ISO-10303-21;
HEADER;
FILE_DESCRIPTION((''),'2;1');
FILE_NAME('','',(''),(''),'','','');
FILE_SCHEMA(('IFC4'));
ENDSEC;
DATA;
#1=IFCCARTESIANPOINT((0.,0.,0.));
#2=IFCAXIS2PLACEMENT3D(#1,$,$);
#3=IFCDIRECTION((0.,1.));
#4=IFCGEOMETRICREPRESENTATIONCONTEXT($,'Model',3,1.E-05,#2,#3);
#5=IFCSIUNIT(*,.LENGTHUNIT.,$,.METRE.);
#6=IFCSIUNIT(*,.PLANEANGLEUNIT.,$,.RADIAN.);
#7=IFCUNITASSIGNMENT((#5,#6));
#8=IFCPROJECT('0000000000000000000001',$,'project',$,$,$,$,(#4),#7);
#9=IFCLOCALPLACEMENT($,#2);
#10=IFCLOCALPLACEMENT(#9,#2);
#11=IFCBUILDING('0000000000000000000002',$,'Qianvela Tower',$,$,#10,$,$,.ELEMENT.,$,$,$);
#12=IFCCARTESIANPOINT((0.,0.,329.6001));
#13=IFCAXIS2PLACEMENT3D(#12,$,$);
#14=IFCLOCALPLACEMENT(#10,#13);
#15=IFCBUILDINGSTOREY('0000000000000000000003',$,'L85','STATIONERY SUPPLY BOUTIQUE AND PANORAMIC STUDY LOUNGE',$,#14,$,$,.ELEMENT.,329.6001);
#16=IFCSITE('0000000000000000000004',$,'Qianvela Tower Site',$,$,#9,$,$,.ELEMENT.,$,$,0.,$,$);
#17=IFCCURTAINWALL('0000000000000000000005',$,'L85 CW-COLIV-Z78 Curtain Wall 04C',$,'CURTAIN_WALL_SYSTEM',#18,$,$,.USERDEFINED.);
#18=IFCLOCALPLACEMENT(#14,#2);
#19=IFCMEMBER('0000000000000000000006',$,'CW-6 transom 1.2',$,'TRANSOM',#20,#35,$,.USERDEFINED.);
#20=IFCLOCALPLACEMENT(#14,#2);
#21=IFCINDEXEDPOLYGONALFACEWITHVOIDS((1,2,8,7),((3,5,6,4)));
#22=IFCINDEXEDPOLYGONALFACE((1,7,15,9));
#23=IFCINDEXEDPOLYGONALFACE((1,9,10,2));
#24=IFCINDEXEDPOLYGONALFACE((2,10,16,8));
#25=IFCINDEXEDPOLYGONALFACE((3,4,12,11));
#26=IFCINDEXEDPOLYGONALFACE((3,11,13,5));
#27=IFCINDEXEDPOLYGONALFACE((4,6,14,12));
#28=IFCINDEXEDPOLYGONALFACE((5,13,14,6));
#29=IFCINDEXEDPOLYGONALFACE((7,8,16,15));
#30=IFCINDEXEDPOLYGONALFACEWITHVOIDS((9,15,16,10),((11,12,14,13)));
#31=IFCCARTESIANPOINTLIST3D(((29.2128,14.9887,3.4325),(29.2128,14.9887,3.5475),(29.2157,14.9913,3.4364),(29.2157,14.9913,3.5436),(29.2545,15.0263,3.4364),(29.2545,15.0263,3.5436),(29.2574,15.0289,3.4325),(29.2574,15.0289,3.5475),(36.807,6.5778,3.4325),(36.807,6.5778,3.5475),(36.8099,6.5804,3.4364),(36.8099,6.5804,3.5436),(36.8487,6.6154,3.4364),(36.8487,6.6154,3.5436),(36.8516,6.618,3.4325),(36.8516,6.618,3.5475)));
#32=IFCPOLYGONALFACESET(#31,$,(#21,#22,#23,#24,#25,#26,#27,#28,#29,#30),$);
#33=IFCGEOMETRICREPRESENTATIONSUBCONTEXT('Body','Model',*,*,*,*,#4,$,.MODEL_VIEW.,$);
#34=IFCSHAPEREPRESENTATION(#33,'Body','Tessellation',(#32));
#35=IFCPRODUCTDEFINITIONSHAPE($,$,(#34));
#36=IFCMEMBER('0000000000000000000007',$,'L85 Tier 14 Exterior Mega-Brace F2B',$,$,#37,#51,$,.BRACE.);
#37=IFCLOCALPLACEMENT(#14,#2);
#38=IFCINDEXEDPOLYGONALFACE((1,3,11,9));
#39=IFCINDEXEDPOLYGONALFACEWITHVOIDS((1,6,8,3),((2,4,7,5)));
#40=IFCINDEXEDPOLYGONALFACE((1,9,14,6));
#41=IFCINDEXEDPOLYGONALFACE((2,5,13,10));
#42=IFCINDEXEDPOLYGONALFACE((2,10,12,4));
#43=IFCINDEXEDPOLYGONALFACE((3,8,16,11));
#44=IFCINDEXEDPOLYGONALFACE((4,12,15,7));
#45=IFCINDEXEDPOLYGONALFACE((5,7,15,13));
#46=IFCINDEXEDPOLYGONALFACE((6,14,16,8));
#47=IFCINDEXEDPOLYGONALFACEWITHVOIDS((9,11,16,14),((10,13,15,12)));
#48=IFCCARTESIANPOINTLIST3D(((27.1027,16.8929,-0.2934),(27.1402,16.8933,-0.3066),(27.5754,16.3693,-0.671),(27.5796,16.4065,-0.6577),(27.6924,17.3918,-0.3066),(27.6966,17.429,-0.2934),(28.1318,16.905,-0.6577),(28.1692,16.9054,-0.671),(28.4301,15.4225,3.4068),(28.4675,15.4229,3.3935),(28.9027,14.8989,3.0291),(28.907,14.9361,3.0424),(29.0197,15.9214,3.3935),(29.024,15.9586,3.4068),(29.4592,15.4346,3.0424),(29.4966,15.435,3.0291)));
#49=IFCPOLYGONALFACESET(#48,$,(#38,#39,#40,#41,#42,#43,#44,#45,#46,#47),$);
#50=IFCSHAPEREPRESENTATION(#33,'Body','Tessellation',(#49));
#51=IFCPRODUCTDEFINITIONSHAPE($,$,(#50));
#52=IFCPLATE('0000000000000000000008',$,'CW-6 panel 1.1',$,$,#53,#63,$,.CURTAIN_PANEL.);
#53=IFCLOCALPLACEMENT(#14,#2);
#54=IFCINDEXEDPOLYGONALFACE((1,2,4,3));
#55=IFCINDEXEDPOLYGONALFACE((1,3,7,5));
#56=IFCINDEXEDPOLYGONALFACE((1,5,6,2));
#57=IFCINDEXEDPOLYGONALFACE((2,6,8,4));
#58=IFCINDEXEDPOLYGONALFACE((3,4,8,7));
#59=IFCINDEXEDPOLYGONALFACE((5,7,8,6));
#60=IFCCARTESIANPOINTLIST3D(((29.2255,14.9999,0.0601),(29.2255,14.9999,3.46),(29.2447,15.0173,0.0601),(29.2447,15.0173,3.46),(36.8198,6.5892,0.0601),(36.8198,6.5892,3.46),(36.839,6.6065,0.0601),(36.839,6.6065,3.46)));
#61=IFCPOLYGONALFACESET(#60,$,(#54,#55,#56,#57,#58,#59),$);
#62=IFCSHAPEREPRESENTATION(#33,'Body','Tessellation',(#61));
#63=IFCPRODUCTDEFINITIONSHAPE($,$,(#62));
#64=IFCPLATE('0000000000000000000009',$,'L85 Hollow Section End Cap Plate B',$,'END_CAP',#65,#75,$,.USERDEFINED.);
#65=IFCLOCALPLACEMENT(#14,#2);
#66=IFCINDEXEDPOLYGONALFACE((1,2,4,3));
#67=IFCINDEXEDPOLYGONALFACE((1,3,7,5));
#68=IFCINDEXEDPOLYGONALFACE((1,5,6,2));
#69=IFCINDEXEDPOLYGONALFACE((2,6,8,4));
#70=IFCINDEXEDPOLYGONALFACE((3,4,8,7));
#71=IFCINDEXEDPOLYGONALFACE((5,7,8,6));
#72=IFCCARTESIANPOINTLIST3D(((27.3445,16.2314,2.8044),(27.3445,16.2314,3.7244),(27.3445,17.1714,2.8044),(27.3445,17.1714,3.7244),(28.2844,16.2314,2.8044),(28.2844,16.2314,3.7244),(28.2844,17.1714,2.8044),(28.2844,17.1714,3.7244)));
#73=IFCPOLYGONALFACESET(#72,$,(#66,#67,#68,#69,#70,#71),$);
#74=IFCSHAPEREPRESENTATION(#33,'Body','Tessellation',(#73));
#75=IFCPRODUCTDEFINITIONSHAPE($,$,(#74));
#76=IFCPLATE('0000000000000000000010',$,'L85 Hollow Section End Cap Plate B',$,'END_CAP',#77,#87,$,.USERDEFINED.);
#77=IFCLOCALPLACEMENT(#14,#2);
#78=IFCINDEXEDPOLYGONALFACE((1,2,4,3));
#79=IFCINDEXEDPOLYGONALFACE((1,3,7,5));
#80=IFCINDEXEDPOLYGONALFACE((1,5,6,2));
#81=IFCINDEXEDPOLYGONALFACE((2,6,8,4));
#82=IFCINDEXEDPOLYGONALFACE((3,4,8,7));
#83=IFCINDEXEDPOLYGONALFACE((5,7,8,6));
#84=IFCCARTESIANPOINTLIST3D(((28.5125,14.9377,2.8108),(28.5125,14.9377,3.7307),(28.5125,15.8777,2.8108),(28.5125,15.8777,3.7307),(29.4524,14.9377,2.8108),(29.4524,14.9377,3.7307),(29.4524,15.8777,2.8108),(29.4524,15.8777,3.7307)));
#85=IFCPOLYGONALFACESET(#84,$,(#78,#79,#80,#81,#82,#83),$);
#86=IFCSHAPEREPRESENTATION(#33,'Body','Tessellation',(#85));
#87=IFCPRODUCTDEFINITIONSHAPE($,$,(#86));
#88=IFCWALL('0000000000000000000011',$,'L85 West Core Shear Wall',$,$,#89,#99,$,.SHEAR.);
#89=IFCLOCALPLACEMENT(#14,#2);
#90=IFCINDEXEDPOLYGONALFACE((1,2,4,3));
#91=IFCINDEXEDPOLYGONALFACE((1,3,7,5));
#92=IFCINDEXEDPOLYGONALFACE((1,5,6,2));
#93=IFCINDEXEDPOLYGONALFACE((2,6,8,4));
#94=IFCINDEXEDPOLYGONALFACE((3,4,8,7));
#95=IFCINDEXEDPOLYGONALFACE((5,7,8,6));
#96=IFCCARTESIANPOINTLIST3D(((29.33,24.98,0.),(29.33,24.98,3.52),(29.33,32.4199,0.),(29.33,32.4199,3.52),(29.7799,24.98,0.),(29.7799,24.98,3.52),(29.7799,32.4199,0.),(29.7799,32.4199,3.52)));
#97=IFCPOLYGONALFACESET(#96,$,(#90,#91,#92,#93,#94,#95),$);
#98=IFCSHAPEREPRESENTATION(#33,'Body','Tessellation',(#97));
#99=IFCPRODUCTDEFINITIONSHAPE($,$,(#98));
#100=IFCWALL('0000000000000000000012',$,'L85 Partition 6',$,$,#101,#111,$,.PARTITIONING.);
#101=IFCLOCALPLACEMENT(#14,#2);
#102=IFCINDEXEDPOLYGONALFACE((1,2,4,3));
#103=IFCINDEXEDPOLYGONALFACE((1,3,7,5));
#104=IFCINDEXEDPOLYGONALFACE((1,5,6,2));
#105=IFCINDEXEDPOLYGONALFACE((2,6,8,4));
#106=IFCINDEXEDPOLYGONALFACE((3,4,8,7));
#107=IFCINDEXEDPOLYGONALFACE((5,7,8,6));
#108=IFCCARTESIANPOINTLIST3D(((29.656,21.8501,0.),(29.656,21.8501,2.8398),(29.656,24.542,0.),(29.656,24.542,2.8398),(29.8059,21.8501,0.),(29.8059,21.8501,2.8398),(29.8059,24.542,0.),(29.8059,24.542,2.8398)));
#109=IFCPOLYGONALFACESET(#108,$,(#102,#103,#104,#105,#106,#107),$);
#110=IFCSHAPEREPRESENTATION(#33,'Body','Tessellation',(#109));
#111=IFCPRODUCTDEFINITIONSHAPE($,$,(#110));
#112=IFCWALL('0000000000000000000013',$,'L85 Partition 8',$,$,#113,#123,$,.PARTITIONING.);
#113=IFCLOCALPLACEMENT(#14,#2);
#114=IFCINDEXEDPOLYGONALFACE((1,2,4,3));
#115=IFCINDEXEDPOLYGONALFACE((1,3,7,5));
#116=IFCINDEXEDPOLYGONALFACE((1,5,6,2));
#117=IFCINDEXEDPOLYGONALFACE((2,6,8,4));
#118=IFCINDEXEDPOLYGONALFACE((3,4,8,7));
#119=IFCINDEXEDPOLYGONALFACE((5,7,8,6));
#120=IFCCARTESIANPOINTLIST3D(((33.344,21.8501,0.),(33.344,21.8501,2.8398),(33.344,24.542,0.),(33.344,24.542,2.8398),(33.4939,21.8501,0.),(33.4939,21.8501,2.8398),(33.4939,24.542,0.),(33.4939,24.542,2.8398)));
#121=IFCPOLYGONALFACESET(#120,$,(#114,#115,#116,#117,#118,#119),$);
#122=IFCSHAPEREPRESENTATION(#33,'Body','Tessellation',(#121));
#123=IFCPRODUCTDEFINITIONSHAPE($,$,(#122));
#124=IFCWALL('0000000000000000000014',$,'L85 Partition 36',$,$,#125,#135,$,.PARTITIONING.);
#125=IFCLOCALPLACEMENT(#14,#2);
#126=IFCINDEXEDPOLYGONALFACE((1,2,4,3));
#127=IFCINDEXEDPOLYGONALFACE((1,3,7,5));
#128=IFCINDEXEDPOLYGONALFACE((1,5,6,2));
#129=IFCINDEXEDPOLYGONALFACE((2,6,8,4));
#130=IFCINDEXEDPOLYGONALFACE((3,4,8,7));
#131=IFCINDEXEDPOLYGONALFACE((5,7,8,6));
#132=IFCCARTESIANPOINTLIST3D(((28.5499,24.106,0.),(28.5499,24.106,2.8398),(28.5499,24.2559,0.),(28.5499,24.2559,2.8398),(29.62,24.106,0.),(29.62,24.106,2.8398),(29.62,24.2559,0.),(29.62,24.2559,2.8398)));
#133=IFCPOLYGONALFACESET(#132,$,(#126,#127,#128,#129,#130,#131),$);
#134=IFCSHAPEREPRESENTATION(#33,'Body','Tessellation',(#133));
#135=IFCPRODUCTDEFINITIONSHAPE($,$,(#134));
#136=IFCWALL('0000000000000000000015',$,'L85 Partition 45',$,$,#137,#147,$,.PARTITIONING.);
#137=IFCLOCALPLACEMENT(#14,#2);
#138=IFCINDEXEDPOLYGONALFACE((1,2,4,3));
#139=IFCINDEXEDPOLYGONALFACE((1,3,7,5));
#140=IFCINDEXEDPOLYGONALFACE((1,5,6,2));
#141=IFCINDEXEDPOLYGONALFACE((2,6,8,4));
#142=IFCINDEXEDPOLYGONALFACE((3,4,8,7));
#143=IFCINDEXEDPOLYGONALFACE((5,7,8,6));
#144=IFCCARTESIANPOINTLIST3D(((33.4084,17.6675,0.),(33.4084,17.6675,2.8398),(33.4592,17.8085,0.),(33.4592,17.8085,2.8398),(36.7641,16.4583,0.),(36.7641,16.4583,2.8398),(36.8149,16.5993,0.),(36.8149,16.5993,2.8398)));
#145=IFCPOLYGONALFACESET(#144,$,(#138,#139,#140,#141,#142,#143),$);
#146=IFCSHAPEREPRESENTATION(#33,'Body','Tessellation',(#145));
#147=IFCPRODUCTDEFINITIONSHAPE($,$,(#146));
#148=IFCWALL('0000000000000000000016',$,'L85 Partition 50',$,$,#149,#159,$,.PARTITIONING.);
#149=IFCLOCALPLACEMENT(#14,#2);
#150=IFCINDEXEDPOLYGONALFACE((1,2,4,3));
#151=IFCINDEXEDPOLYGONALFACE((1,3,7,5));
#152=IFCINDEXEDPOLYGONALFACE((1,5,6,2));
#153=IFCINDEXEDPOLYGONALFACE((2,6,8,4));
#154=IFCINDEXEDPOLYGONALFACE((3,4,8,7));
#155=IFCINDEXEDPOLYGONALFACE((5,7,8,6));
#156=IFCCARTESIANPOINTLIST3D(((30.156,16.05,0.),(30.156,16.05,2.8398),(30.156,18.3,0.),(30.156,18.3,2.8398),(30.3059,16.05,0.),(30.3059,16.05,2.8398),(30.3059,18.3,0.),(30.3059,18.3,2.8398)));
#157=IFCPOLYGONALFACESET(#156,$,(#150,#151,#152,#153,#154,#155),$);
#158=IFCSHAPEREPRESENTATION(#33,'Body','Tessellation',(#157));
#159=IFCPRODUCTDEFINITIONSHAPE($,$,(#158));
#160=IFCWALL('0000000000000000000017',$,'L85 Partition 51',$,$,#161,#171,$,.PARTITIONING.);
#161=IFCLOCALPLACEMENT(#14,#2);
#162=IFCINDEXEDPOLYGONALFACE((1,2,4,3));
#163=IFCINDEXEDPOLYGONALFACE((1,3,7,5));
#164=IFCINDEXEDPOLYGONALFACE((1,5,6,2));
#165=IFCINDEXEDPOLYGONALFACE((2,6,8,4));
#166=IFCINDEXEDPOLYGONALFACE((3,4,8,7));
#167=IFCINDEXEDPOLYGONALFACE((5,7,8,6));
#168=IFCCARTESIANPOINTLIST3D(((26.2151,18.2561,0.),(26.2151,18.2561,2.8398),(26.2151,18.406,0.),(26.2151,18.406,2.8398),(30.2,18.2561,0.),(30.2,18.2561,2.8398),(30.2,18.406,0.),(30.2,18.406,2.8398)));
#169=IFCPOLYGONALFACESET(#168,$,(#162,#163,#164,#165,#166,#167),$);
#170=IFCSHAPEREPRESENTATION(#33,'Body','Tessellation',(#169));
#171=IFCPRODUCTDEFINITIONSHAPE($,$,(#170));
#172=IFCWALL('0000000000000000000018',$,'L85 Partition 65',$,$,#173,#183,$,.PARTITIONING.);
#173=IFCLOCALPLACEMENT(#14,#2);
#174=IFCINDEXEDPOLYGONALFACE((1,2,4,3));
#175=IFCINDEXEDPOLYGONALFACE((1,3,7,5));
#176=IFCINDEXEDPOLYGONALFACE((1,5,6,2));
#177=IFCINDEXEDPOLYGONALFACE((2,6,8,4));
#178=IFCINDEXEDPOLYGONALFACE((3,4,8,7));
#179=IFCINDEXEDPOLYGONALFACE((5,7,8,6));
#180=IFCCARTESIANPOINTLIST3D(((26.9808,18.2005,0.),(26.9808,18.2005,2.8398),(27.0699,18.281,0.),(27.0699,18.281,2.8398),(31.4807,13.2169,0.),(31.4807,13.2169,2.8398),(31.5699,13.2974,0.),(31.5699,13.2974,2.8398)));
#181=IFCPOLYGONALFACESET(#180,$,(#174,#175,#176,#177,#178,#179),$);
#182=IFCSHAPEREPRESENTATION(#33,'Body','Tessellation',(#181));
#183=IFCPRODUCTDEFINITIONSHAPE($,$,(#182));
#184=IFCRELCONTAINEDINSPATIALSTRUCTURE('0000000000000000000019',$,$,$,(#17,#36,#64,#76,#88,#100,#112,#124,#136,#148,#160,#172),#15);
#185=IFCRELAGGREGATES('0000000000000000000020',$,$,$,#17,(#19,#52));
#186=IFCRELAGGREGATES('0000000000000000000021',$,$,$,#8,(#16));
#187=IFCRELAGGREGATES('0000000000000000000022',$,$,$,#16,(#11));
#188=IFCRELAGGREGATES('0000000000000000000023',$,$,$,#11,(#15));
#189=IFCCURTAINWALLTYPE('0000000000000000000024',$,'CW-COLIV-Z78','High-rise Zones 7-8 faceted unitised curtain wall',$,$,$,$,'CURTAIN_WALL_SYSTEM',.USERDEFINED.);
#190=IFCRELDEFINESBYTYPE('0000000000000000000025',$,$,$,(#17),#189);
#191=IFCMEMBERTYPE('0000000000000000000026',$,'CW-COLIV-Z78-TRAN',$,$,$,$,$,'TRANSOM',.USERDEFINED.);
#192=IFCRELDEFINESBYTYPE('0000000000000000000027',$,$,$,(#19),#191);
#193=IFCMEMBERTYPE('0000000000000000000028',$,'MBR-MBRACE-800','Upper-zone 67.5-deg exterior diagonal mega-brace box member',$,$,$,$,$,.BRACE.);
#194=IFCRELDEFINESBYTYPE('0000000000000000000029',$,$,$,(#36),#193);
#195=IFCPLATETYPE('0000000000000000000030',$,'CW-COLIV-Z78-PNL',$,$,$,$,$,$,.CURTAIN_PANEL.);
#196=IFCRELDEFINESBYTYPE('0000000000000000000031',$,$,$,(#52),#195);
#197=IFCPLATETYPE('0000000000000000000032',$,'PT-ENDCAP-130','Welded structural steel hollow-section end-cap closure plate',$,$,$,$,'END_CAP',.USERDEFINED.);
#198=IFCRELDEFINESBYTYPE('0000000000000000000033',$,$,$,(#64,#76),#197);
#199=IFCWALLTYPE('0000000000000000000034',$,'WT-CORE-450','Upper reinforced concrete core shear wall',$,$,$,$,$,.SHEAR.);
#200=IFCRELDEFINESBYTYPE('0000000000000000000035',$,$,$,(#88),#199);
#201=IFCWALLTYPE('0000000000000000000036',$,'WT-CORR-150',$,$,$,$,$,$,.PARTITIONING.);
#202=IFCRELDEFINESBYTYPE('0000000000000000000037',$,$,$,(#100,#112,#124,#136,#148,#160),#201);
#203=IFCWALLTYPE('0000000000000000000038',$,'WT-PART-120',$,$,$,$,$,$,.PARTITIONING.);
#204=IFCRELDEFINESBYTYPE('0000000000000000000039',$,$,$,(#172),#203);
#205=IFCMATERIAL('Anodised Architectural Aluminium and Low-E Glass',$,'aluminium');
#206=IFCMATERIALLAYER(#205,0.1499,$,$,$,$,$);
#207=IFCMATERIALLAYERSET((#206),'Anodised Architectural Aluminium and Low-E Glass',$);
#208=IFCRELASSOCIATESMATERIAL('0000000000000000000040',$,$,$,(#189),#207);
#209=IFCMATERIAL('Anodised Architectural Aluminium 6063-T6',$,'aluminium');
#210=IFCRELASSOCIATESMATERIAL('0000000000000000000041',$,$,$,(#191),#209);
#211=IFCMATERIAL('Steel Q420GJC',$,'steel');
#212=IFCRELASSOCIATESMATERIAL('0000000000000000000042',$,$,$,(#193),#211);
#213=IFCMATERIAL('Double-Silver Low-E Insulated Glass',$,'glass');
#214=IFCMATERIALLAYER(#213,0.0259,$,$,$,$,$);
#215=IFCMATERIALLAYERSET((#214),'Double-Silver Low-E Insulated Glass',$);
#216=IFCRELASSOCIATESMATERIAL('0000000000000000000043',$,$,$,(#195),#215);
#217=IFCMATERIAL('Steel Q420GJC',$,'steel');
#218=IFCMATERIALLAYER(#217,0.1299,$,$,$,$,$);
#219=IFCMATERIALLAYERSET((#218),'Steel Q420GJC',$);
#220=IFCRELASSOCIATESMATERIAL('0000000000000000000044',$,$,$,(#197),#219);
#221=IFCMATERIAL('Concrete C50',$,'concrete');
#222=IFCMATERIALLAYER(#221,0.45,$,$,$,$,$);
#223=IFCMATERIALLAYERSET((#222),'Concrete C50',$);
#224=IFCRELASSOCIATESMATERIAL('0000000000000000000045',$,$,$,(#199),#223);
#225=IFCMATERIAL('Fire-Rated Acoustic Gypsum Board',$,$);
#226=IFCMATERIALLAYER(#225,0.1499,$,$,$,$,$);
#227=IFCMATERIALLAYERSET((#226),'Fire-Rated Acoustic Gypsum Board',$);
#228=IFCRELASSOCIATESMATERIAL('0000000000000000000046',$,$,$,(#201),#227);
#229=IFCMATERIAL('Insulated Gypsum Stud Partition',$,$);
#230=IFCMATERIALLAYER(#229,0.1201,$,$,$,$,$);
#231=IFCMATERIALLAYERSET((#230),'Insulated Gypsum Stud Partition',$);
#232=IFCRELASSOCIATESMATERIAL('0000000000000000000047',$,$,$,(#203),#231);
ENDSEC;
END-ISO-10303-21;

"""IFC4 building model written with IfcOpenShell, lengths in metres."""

from ifc_helpers import new_model, si_unit, direction, frame, frame_2d, origin, origin_2d, place, context, subcontext, project, spatial, rectangle, hollow_rectangle, extrude, material, layer, layer_set, material_profile, profile_set, type_object, element, aggregate, save


model = new_model("IFC4")

# Units and contexts
model_context = context("Model", 3, precision=1e-05, world=origin(), true_north=direction((0.0, 1.0)))
body_context = subcontext(model_context, "Body", "Model", "MODEL_VIEW")
ifc_project = project(units=[si_unit("LENGTHUNIT", "METRE"), si_unit("PLANEANGLEUNIT", "RADIAN")], contexts=[model_context])

# Site, building, storey
site_placement = place(None, origin())
site = spatial("IfcSite", under=ifc_project, at=site_placement, Name="Qianvela Tower Site", CompositionType="ELEMENT", RefElevation=0.0)
building_placement = place(site_placement, origin())
building = spatial("IfcBuilding", under=site, at=building_placement, Name="Qianvela Tower", CompositionType="ELEMENT")
storey_placement = place(building_placement, frame((0.0, 0.0, 329.6001)))
storey = spatial("IfcBuildingStorey", under=building, at=storey_placement, Name="L85", Description="STATIONERY SUPPLY BOUTIQUE AND PANORAMIC STUDY LOUNGE", CompositionType="ELEMENT", Elevation=329.6001)

# Curtain wall, member
ifc_material_1 = material(Name="Anodised Architectural Aluminium and Low-E Glass", Category="aluminium")
ifc_layer_1 = layer(ifc_material_1, 0.1499)
ifc_layer_set_1 = layer_set([ifc_layer_1], Name="Anodised Architectural Aluminium and Low-E Glass")
curtain_wall_type_1 = type_object("IfcCurtainWallType", Name="CW-COLIV-Z78", Description="High-rise Zones 7-8 faceted unitised curtain wall", ElementType="CURTAIN_WALL_SYSTEM", PredefinedType="USERDEFINED", material=ifc_layer_set_1)
curtain_wall_1_placement = place(storey_placement, origin())
curtain_wall_1 = element("IfcCurtainWall", 1, at=curtain_wall_1_placement, inside=storey, type_object=curtain_wall_type_1, Name="L85 CW-COLIV-Z78 Curtain Wall 04C", ObjectType="CURTAIN_WALL_SYSTEM", PredefinedType="USERDEFINED")
ifc_material_2 = material(Name="Anodised Architectural Aluminium 6063-T6", Category="aluminium")
ifc_material_profile_1 = material_profile(ifc_material_2, hollow_rectangle(XDim=0.0601, YDim=0.115, WallThickness=0.0039, at=origin_2d()), Name="ALU-TRAN-60x115")
ifc_profile_set_1 = profile_set([ifc_material_profile_1], Name="Anodised Architectural Aluminium 6063-T6")
member_type_1 = type_object("IfcMemberType", Name="CW-COLIV-Z78-TRAN", ElementType="TRANSOM", PredefinedType="USERDEFINED", material=ifc_profile_set_1)
member_1_placement = place(storey_placement, frame((29.2351, 15.0088, 3.49), z_axis=(0.670155, -0.742221, 0.0), x_axis=(0.742221, 0.670155, 0.0)))
member_1 = element("IfcMember", 2, at=member_1_placement, type_object=member_type_1, Name="CW-6 transom 1.2", ObjectType="TRANSOM", PredefinedType="USERDEFINED", context=body_context, shape_type="SweptSolid", body=[
    extrude(hollow_rectangle(XDim=0.0601, YDim=0.115, WallThickness=0.0039, at=origin_2d()), origin(), (0.0, 0.0, 1.0), 11.332),
])

# Member
ifc_material_3 = material(Name="Steel Q420GJC", Category="steel")
ifc_material_profile_2 = material_profile(ifc_material_3, hollow_rectangle(XDim=0.8, YDim=0.8, WallThickness=0.0281, at=origin_2d()), Name="MBOX-800x800x28")
ifc_profile_set_2 = profile_set([ifc_material_profile_2], Name="Steel Q420GJC")
member_type_2 = type_object("IfcMemberType", Name="MBR-MBRACE-800", Description="Upper-zone 67.5-deg exterior diagonal mega-brace box member", PredefinedType="BRACE", material=ifc_profile_set_2)
member_2_placement = place(storey_placement, frame((27.636, 16.8992, -0.4822), z_axis=(0.316264, -0.350351, 0.881607), x_axis=(0.742294, 0.670074, 0.0)))
element("IfcMember", 3, at=member_2_placement, inside=storey, type_object=member_type_2, Name="L85 Tier 14 Exterior Mega-Brace F2B", PredefinedType="BRACE", context=body_context, shape_type="SweptSolid", body=[
    extrude(hollow_rectangle(XDim=0.8, YDim=0.8, WallThickness=0.0281, at=origin_2d()), origin(), (0.0, 0.0, 1.0), 4.197),
])

# Plate
ifc_material_4 = material(Name="Double-Silver Low-E Insulated Glass", Category="glass")
ifc_layer_2 = layer(ifc_material_4, 0.0259)
ifc_layer_set_2 = layer_set([ifc_layer_2], Name="Double-Silver Low-E Insulated Glass")
plate_type_1 = type_object("IfcPlateType", Name="CW-COLIV-Z78-PNL", PredefinedType="CURTAIN_PANEL", material=ifc_layer_set_2)
plate_placement = place(storey_placement, frame((33.0322, 10.8032, 0.0601), z_axis=(0.0, 0.0, 1.0), x_axis=(0.670164, -0.742213, 0.0)))
plate = element("IfcPlate", 4, at=plate_placement, type_object=plate_type_1, Name="CW-6 panel 1.1", PredefinedType="CURTAIN_PANEL", context=body_context, shape_type="SweptSolid", body=[
    extrude(rectangle(XDim=11.332, YDim=0.0259, at=origin_2d()), origin(), (0.0, 0.0, 1.0), 3.3999),
])
aggregate(curtain_wall_1, [member_1, plate])

# Plates
ifc_material_5 = material(Name="Steel Q420GJC", Category="steel")
ifc_layer_3 = layer(ifc_material_5, 0.1299)
ifc_layer_set_3 = layer_set([ifc_layer_3], Name="Steel Q420GJC")
plate_type_2 = type_object("IfcPlateType", Name="PT-ENDCAP-130", Description="Welded structural steel hollow-section end-cap closure plate", ElementType="END_CAP", PredefinedType="USERDEFINED", material=ifc_layer_set_3)
for number, where, z_axis, x_axis, name in (
    (5, (27.8145, 16.7014, 2.8044), (0.0, 0.0, 1.0), (1.0, 0.0, 0.0), "L85 Hollow Section End Cap Plate B"),
    (6, (28.9824, 15.4077, 2.8108), (0.0, 0.0, 1.0), (1.0, 0.0, 0.0), "L85 Hollow Section End Cap Plate B"),
):
    element("IfcPlate", number, at=place(storey_placement, frame(where, z_axis=z_axis, x_axis=x_axis)), inside=storey, type_object=plate_type_2, Name=name, ObjectType="END_CAP", PredefinedType="USERDEFINED", context=body_context, shape_type="SweptSolid", body=[
        extrude(rectangle(XDim=0.9399, YDim=0.9399, at=origin_2d()), origin(), (0.0, 0.0, 1.0), 0.9199),
    ])

# Shared definitions
ifc_material_6 = material(Name="Concrete C50", Category="concrete")
ifc_layer_4 = layer(ifc_material_6, 0.45)
ifc_layer_set_4 = layer_set([ifc_layer_4], Name="Concrete C50")
wall_type_1 = type_object("IfcWallType", Name="WT-CORE-450", Description="Upper reinforced concrete core shear wall", PredefinedType="SHEAR", material=ifc_layer_set_4)

# Wall
wall_1_placement = place(storey_placement, frame((29.5549, 24.98, 0.0), z_axis=(0.0, 0.0, 1.0), x_axis=(0.0, 1.0, 0.0)))
element("IfcWall", 7, at=wall_1_placement, inside=storey, type_object=wall_type_1, Name="L85 West Core Shear Wall", PredefinedType="SHEAR", context=body_context, shape_type="SweptSolid", body=[
    extrude(rectangle(XDim=7.4399, YDim=0.45, at=frame_2d((3.72, 0.0))), origin(), (0.0, 0.0, 1.0), 3.52),
])

# Shared definitions
ifc_material_7 = material(Name="Fire-Rated Acoustic Gypsum Board")
ifc_layer_5 = layer(ifc_material_7, 0.1499)
ifc_layer_set_5 = layer_set([ifc_layer_5], Name="Fire-Rated Acoustic Gypsum Board")
wall_type_2 = type_object("IfcWallType", Name="WT-CORR-150", PredefinedType="PARTITIONING", material=ifc_layer_set_5)

# Walls
for number, where, z_axis, x_axis, name in (
    (8, (29.731, 21.8501, 0.0), (0.0, 0.0, 1.0), (0.0, 1.0, 0.0), "L85 Partition 6"),
    (9, (33.4189, 24.542, 0.0), (0.0, 0.0, 1.0), (0.0, -1.0, 0.0), "L85 Partition 8"),
):
    element("IfcWall", number, at=place(storey_placement, frame(where, z_axis=z_axis, x_axis=x_axis)), inside=storey, type_object=wall_type_2, Name=name, PredefinedType="PARTITIONING", context=body_context, shape_type="SweptSolid", body=[
        extrude(rectangle(XDim=2.6919, YDim=0.1499, at=frame_2d((1.3459, 0.0))), origin(), (0.0, 0.0, 1.0), 2.8398),
    ])
wall_2_placement = place(storey_placement, frame((29.6201, 24.1809, 0.0), z_axis=(0.0, 0.0, 1.0), x_axis=(-1.0, 0.0, 0.0)))
element("IfcWall", 10, at=wall_2_placement, inside=storey, type_object=wall_type_2, Name="L85 Partition 36", PredefinedType="PARTITIONING", context=body_context, shape_type="SweptSolid", body=[
    extrude(rectangle(XDim=1.0701, YDim=0.1499, at=frame_2d((0.5352, 0.0))), origin(), (0.0, 0.0, 1.0), 2.8398),
])
wall_3_placement = place(storey_placement, frame((33.4338, 17.738, 0.0), z_axis=(0.0, 0.0, 1.0), x_axis=(0.940783, -0.33901, 0.0)))
element("IfcWall", 11, at=wall_3_placement, inside=storey, type_object=wall_type_2, Name="L85 Partition 45", PredefinedType="PARTITIONING", context=body_context, shape_type="SweptSolid", body=[
    extrude(rectangle(XDim=3.5669, YDim=0.1499, at=frame_2d((1.7834, 0.0))), origin(), (0.0, 0.0, 1.0), 2.8398),
])
wall_4_placement = place(storey_placement, frame((30.231, 16.05, 0.0), z_axis=(0.0, 0.0, 1.0), x_axis=(0.0, 1.0, 0.0)))
element("IfcWall", 12, at=wall_4_placement, inside=storey, type_object=wall_type_2, Name="L85 Partition 50", PredefinedType="PARTITIONING", context=body_context, shape_type="SweptSolid", body=[
    extrude(rectangle(XDim=2.25, YDim=0.1499, at=frame_2d((1.125, 0.0))), origin(), (0.0, 0.0, 1.0), 2.8398),
])
wall_5_placement = place(storey_placement, frame((30.2, 18.3311, 0.0), z_axis=(0.0, 0.0, 1.0), x_axis=(-1.0, 0.0, 0.0)))
element("IfcWall", 13, at=wall_5_placement, inside=storey, type_object=wall_type_2, Name="L85 Partition 51", PredefinedType="PARTITIONING", context=body_context, shape_type="SweptSolid", body=[
    extrude(rectangle(XDim=3.9849, YDim=0.1499, at=frame_2d((1.9924, 0.0))), origin(), (0.0, 0.0, 1.0), 2.8398),
])
ifc_material_8 = material(Name="Insulated Gypsum Stud Partition")
ifc_layer_6 = layer(ifc_material_8, 0.1201)
ifc_layer_set_6 = layer_set([ifc_layer_6], Name="Insulated Gypsum Stud Partition")
wall_type_3 = type_object("IfcWallType", Name="WT-PART-120", PredefinedType="PARTITIONING", material=ifc_layer_set_6)
wall_6_placement = place(storey_placement, frame((31.5254, 13.2571, 0.0), z_axis=(0.0, 0.0, 1.0), x_axis=(-0.670175, 0.742203, 0.0)))
element("IfcWall", 14, at=wall_6_placement, inside=storey, type_object=wall_type_3, Name="L85 Partition 65", PredefinedType="PARTITIONING", context=body_context, shape_type="SweptSolid", body=[
    extrude(rectangle(XDim=6.7146, YDim=0.1201, at=frame_2d((3.3574, 0.0))), origin(), (0.0, 0.0, 1.0), 2.8398),
])

save(model, "model.ifc")
